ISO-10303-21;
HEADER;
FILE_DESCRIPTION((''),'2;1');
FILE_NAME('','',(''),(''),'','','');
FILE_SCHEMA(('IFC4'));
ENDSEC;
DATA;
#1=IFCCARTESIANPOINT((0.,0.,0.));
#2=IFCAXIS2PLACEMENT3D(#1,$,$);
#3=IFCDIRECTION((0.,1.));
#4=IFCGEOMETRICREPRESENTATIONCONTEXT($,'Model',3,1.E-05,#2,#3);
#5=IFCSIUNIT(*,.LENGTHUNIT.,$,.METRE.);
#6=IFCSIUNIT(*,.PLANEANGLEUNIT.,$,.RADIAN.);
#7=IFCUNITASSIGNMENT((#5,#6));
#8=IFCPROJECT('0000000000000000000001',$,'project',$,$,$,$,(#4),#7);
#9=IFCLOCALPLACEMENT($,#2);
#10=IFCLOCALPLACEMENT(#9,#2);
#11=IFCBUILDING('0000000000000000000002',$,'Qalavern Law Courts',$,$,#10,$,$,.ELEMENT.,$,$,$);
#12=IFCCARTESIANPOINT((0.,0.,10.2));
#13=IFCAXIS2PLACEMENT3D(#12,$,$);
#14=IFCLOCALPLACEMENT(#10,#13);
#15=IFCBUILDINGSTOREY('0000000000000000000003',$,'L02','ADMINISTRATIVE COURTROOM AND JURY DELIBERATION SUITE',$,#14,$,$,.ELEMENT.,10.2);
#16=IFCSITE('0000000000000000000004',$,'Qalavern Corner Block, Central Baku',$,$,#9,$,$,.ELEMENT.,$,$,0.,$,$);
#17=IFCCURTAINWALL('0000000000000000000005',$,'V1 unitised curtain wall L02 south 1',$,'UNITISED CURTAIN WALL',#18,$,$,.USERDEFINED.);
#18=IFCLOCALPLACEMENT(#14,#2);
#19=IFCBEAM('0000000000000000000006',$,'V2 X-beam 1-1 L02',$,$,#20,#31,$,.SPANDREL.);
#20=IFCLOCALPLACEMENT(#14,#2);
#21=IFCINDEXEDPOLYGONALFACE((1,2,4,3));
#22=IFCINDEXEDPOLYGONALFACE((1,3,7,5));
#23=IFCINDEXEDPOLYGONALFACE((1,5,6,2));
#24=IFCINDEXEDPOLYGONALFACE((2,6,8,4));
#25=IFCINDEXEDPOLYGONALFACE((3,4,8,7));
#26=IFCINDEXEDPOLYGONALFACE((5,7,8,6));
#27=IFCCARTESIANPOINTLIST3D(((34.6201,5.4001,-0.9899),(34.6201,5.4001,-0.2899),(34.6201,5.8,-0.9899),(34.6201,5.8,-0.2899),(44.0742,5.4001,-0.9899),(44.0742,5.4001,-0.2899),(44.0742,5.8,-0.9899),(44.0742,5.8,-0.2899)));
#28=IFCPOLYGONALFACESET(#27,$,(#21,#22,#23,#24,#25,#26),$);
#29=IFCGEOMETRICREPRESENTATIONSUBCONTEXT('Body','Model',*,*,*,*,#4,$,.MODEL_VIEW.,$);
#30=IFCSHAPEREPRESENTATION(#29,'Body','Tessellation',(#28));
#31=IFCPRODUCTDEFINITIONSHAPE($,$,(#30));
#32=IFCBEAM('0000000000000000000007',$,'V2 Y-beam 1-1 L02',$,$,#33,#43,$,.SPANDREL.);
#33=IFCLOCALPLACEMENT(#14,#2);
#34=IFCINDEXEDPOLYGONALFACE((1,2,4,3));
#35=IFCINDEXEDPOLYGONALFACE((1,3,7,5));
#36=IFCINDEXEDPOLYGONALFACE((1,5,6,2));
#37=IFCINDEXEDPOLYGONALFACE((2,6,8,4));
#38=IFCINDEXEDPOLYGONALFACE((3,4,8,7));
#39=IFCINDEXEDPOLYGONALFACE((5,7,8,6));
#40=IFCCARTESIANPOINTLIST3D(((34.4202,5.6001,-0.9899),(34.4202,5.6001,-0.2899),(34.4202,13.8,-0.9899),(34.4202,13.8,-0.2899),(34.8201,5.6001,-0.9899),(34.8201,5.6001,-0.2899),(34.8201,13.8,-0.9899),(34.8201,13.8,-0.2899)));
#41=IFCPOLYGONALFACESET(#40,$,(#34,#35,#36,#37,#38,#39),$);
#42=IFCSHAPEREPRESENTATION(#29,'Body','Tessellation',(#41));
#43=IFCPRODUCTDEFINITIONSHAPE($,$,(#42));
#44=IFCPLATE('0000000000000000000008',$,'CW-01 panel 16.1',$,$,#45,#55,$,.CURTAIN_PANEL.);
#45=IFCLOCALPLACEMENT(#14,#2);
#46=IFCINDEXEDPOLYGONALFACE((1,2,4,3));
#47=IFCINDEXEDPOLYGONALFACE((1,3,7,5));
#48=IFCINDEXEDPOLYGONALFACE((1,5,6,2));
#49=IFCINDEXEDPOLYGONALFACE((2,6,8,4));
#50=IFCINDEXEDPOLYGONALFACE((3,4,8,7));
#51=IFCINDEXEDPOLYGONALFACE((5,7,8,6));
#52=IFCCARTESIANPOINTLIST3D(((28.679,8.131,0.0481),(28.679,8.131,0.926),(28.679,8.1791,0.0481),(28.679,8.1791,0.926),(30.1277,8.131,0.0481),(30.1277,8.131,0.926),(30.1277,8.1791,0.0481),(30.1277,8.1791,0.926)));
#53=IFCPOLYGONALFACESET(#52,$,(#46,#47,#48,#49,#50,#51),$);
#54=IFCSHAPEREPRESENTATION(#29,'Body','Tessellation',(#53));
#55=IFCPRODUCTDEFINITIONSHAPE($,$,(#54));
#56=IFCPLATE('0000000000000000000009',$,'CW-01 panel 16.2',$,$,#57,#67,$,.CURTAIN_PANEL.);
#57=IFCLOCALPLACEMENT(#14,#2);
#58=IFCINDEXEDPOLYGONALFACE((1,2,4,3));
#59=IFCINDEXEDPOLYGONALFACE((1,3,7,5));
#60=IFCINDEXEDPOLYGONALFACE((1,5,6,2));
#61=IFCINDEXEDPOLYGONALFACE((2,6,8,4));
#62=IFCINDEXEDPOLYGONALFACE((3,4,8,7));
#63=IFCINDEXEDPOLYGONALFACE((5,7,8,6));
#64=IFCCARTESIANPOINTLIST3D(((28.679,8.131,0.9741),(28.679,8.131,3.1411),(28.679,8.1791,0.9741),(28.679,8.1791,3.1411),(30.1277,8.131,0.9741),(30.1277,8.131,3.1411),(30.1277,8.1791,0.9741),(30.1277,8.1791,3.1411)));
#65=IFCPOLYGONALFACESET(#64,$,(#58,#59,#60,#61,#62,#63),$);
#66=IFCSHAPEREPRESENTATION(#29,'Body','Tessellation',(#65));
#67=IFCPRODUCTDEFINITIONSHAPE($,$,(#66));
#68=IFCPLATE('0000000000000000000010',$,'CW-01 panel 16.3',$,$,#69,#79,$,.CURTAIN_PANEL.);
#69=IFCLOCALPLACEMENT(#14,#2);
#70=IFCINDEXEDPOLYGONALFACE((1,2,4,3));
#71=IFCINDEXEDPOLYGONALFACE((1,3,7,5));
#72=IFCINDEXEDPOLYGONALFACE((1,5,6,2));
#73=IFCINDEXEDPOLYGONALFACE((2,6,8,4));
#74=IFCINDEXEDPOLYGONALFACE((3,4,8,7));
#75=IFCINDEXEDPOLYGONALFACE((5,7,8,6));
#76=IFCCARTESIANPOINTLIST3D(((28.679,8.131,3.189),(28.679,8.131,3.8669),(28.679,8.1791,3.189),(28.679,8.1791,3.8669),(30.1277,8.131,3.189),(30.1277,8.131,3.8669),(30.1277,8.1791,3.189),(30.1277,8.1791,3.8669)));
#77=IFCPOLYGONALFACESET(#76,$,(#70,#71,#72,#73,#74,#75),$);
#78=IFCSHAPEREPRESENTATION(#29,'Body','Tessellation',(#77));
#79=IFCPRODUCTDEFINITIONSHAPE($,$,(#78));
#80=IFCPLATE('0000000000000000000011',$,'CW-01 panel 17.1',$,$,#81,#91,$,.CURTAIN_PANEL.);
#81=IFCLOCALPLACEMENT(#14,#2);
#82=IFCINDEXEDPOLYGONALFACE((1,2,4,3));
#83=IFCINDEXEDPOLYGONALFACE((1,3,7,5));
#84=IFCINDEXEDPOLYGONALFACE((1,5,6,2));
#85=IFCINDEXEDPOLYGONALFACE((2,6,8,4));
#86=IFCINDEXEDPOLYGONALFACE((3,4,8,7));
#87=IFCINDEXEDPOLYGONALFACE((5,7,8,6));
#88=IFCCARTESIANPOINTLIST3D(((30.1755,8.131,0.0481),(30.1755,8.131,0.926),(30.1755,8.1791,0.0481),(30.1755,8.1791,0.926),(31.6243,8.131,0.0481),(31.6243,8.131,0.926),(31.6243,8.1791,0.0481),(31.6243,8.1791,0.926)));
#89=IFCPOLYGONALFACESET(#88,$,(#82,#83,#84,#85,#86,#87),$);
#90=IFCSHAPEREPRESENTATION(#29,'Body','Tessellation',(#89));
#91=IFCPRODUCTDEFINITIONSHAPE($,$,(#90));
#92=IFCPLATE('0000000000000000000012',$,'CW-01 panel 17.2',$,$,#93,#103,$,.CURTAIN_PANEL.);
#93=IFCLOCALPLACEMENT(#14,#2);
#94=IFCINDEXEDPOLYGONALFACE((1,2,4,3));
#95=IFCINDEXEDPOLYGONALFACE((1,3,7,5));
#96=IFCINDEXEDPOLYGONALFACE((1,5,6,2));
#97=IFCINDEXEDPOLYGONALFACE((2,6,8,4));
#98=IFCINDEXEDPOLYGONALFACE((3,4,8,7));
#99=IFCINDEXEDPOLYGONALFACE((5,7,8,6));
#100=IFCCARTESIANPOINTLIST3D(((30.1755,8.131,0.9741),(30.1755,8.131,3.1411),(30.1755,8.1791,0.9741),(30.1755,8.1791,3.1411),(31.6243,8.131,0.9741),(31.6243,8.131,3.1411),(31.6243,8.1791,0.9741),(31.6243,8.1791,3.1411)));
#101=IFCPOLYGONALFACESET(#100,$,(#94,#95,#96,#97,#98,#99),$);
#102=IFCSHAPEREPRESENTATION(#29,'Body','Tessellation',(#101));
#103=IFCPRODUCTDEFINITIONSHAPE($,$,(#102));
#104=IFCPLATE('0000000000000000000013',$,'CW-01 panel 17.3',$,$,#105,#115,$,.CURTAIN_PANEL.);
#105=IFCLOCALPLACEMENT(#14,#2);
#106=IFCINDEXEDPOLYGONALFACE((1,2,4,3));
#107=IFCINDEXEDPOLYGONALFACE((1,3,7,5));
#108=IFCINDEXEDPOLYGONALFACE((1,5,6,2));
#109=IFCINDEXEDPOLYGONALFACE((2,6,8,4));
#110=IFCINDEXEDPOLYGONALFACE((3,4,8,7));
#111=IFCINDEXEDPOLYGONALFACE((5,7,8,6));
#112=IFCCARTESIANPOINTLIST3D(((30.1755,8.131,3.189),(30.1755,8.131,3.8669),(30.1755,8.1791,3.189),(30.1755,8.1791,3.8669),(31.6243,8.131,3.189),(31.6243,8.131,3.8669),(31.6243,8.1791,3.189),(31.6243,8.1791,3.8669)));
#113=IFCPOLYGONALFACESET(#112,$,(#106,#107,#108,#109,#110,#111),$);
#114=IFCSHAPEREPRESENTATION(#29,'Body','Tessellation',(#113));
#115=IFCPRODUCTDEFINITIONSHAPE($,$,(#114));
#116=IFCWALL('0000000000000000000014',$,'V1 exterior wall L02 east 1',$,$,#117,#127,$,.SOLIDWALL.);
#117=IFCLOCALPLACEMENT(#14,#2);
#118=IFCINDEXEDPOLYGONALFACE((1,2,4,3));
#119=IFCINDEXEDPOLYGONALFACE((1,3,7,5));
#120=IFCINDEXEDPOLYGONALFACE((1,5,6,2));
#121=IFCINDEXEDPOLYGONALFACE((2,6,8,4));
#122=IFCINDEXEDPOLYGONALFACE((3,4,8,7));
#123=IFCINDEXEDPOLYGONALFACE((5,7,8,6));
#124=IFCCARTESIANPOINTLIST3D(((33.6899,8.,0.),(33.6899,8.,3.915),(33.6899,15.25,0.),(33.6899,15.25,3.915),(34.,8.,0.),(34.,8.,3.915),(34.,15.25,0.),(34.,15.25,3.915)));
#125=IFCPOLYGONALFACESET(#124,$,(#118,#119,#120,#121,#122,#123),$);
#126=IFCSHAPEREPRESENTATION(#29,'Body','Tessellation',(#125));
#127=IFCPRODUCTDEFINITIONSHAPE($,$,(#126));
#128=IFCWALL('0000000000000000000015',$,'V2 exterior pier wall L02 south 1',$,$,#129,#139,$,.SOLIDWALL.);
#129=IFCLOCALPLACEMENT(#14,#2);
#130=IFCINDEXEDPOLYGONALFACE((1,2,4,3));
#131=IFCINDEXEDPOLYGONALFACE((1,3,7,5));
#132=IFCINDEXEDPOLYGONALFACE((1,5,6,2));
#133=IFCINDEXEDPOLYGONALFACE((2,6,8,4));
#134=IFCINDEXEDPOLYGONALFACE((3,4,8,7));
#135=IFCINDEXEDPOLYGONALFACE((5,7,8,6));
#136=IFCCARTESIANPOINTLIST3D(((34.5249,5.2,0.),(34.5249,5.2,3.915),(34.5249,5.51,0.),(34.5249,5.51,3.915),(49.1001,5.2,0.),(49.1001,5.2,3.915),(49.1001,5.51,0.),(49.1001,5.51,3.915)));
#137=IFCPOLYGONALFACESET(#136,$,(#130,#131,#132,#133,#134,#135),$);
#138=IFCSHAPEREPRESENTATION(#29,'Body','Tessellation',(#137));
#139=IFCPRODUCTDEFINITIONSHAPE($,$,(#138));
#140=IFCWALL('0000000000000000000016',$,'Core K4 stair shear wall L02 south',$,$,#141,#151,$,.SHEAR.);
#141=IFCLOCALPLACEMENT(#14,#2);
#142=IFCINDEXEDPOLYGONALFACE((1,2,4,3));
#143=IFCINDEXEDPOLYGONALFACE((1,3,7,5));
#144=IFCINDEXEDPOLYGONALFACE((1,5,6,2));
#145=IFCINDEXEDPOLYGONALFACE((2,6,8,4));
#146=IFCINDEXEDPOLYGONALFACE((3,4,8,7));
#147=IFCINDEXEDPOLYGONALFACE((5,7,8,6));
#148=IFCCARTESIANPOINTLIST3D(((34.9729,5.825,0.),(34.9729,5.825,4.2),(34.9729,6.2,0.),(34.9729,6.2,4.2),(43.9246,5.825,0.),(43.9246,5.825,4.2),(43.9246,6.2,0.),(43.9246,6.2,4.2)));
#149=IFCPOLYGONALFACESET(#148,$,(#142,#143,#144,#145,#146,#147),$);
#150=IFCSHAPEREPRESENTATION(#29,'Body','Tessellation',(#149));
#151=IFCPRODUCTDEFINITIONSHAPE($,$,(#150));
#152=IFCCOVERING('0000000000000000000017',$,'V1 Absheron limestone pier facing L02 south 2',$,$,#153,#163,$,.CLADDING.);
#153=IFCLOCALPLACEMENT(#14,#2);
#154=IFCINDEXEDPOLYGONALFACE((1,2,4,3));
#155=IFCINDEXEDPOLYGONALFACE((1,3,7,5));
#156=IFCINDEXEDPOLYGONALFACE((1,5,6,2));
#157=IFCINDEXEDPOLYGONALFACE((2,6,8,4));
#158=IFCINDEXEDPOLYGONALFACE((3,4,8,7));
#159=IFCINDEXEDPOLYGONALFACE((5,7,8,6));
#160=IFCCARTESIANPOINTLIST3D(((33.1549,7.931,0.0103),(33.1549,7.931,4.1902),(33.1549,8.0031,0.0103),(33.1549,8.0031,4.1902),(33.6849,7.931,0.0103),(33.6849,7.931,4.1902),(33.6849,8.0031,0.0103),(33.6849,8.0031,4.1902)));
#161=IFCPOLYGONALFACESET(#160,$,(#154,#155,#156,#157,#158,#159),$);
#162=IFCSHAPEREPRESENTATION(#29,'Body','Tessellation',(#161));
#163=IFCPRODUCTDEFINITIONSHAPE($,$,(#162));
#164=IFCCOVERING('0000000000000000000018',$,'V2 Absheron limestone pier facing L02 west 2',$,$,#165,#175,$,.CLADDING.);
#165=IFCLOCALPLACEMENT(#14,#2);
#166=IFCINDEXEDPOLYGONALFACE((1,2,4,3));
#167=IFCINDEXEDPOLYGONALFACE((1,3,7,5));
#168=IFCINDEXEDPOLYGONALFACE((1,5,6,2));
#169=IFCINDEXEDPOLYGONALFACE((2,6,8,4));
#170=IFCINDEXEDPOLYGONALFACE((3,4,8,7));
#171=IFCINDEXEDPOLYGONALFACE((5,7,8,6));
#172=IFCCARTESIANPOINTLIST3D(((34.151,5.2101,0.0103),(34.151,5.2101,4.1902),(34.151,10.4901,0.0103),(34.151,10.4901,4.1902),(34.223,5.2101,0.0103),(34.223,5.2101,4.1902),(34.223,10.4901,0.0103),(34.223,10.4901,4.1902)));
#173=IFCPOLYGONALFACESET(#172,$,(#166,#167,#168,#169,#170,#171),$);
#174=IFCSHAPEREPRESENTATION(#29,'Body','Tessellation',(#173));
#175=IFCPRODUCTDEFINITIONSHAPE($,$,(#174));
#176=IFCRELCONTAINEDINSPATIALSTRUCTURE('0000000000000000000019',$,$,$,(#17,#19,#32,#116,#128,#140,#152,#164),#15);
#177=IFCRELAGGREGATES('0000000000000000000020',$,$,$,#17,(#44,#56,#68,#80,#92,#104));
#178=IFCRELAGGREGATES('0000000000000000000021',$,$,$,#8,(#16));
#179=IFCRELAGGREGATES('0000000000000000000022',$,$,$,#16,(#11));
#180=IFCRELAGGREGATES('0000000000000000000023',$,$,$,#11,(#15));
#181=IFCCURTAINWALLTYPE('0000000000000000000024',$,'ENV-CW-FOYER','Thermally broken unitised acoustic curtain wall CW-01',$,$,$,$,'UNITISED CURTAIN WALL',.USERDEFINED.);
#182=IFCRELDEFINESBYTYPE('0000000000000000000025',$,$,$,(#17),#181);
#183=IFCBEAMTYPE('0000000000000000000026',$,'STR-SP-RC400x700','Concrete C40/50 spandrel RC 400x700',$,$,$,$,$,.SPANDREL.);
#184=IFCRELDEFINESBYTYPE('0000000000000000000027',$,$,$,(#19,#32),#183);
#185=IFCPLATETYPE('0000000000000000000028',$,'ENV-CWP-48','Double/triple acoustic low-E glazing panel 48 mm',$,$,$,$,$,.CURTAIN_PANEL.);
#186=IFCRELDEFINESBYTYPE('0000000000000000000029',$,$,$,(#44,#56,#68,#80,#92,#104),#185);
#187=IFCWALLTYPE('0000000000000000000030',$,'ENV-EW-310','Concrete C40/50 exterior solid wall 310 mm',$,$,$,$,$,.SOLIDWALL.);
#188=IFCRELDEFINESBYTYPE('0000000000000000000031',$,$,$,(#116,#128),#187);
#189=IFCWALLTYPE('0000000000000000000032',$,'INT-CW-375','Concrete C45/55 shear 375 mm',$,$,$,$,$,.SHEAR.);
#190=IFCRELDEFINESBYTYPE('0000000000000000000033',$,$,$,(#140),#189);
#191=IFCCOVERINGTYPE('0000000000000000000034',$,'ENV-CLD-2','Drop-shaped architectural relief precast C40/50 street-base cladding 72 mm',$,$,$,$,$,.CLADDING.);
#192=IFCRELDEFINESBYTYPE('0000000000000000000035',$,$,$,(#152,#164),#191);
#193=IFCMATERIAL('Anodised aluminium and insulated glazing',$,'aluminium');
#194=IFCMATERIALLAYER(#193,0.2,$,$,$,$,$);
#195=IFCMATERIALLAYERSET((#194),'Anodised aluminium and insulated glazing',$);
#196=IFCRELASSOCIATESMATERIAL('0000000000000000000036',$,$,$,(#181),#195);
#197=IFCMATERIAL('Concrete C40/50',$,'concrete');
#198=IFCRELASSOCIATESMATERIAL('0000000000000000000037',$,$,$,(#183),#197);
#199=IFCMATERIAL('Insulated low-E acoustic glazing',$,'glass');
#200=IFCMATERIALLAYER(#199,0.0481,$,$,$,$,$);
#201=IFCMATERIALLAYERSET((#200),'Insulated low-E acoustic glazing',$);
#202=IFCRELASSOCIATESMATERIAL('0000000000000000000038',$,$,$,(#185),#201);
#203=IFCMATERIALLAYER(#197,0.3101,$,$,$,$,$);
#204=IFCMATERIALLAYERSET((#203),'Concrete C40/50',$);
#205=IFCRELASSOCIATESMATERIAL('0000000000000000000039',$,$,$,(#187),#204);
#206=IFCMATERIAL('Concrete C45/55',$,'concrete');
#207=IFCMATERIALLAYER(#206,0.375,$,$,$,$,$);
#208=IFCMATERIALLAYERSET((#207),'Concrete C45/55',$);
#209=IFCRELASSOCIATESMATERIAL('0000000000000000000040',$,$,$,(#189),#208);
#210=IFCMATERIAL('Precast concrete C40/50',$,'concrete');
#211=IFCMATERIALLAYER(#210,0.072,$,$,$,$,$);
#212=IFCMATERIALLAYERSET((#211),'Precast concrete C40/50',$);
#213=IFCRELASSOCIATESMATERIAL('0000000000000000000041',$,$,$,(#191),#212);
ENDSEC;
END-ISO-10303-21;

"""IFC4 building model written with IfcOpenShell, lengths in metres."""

from ifc_helpers import new_model, si_unit, direction, frame, frame_2d, origin, origin_2d, place, context, subcontext, project, spatial, rectangle, extrude, material, layer, layer_set, material_profile, profile_set, type_object, element, aggregate, save


model = new_model("IFC4")

# Units and contexts
model_context = context("Model", 3, precision=1e-05, world=origin(), true_north=direction((0.0, 1.0)))
body_context = subcontext(model_context, "Body", "Model", "MODEL_VIEW")
ifc_project = project(units=[si_unit("LENGTHUNIT", "METRE"), si_unit("PLANEANGLEUNIT", "RADIAN")], contexts=[model_context])

# Site, building, storey
site_placement = place(None, origin())
site = spatial("IfcSite", under=ifc_project, at=site_placement, Name="Qalavern Corner Block, Central Baku", CompositionType="ELEMENT", RefElevation=0.0)
building_placement = place(site_placement, origin())
building = spatial("IfcBuilding", under=site, at=building_placement, Name="Qalavern Law Courts", CompositionType="ELEMENT")
storey_placement = place(building_placement, frame((0.0, 0.0, 10.2)))
storey = spatial("IfcBuildingStorey", under=building, at=storey_placement, Name="L02", Description="ADMINISTRATIVE COURTROOM AND JURY DELIBERATION SUITE", CompositionType="ELEMENT", Elevation=10.2)

# Shared definitions
ifc_material_1 = material(Name="Concrete C45/55", Category="concrete")

# Curtain wall
ifc_material_2 = material(Name="Anodised aluminium and insulated glazing", Category="aluminium")
ifc_layer_1 = layer(ifc_material_2, 0.2)
ifc_layer_set_1 = layer_set([ifc_layer_1], Name="Anodised aluminium and insulated glazing")
curtain_wall_type = type_object("IfcCurtainWallType", Name="ENV-CW-FOYER", Description="Thermally broken unitised acoustic curtain wall CW-01", ElementType="UNITISED CURTAIN WALL", PredefinedType="USERDEFINED", material=ifc_layer_set_1)
curtain_wall_placement = place(storey_placement, origin())
curtain_wall = element("IfcCurtainWall", 1, at=curtain_wall_placement, inside=storey, type_object=curtain_wall_type, Name="V1 unitised curtain wall L02 south 1", ObjectType="UNITISED CURTAIN WALL", PredefinedType="USERDEFINED")

# Beams
ifc_material_3 = material(Name="Concrete C40/50", Category="concrete")
ifc_material_profile_1 = material_profile(ifc_material_3, rectangle(XDim=0.3999, YDim=0.7, at=origin_2d()), Name="RC 400x700")
ifc_profile_set_1 = profile_set([ifc_material_profile_1], Name="Concrete C40/50")
beam_type_1 = type_object("IfcBeamType", Name="STR-SP-RC400x700", Description="Concrete C40/50 spandrel RC 400x700", PredefinedType="SPANDREL", material=ifc_profile_set_1)
beam_1_placement = place(storey_placement, frame((34.6201, 5.6001, -0.6399), z_axis=(1.0, 0.0, 0.0), x_axis=(0.0, 1.0, 0.0)))
element("IfcBeam", 2, at=beam_1_placement, inside=storey, type_object=beam_type_1, Name="V2 X-beam 1-1 L02", PredefinedType="SPANDREL", context=body_context, shape_type="SweptSolid", body=[
    extrude(rectangle(XDim=0.3999, YDim=0.7, at=origin_2d()), origin(), (0.0, 0.0, 1.0), 9.4541),
])
beam_2_placement = place(storey_placement, frame((34.6201, 5.6001, -0.6399), z_axis=(0.0, 1.0, 0.0), x_axis=(-1.0, 0.0, 0.0)))
element("IfcBeam", 3, at=beam_2_placement, inside=storey, type_object=beam_type_1, Name="V2 Y-beam 1-1 L02", PredefinedType="SPANDREL", context=body_context, shape_type="SweptSolid", body=[
    extrude(rectangle(XDim=0.3999, YDim=0.7, at=origin_2d()), origin(), (0.0, 0.0, 1.0), 8.2),
])

# Plates
ifc_material_4 = material(Name="Insulated low-E acoustic glazing", Category="glass")
ifc_layer_2 = layer(ifc_material_4, 0.0481)
ifc_layer_set_2 = layer_set([ifc_layer_2], Name="Insulated low-E acoustic glazing")
plate_type = type_object("IfcPlateType", Name="ENV-CWP-48", Description="Double/triple acoustic low-E glazing panel 48 mm", PredefinedType="CURTAIN_PANEL", material=ifc_layer_set_2)
plate_1_placement = place(storey_placement, frame((29.4033, 8.155, 0.0481), z_axis=(0.0, 0.0, 1.0), x_axis=(1.0, 0.0, 0.0)))
plate_1 = element("IfcPlate", 4, at=plate_1_placement, type_object=plate_type, Name="CW-01 panel 16.1", PredefinedType="CURTAIN_PANEL", context=body_context, shape_type="SweptSolid", body=[
    extrude(rectangle(XDim=1.4487, YDim=0.0481, at=origin_2d()), origin(), (0.0, 0.0, 1.0), 0.8779),
])
plate_2_placement = place(storey_placement, frame((29.4033, 8.155, 0.9741), z_axis=(0.0, 0.0, 1.0), x_axis=(1.0, 0.0, 0.0)))
plate_2 = element("IfcPlate", 5, at=plate_2_placement, type_object=plate_type, Name="CW-01 panel 16.2", PredefinedType="CURTAIN_PANEL", context=body_context, shape_type="SweptSolid", body=[
    extrude(rectangle(XDim=1.4487, YDim=0.0481, at=origin_2d()), origin(), (0.0, 0.0, 1.0), 2.167),
])
plate_3_placement = place(storey_placement, frame((29.4033, 8.155, 3.189), z_axis=(0.0, 0.0, 1.0), x_axis=(1.0, 0.0, 0.0)))
plate_3 = element("IfcPlate", 6, at=plate_3_placement, type_object=plate_type, Name="CW-01 panel 16.3", PredefinedType="CURTAIN_PANEL", context=body_context, shape_type="SweptSolid", body=[
    extrude(rectangle(XDim=1.4487, YDim=0.0481, at=origin_2d()), origin(), (0.0, 0.0, 1.0), 0.678),
])
plate_4_placement = place(storey_placement, frame((30.8999, 8.155, 0.0481), z_axis=(0.0, 0.0, 1.0), x_axis=(1.0, 0.0, 0.0)))
plate_4 = element("IfcPlate", 7, at=plate_4_placement, type_object=plate_type, Name="CW-01 panel 17.1", PredefinedType="CURTAIN_PANEL", context=body_context, shape_type="SweptSolid", body=[
    extrude(rectangle(XDim=1.4487, YDim=0.0481, at=origin_2d()), origin(), (0.0, 0.0, 1.0), 0.8779),
])
plate_5_placement = place(storey_placement, frame((30.8999, 8.155, 0.9741), z_axis=(0.0, 0.0, 1.0), x_axis=(1.0, 0.0, 0.0)))
plate_5 = element("IfcPlate", 8, at=plate_5_placement, type_object=plate_type, Name="CW-01 panel 17.2", PredefinedType="CURTAIN_PANEL", context=body_context, shape_type="SweptSolid", body=[
    extrude(rectangle(XDim=1.4487, YDim=0.0481, at=origin_2d()), origin(), (0.0, 0.0, 1.0), 2.167),
])
plate_6_placement = place(storey_placement, frame((30.8999, 8.155, 3.189), z_axis=(0.0, 0.0, 1.0), x_axis=(1.0, 0.0, 0.0)))
plate_6 = element("IfcPlate", 9, at=plate_6_placement, type_object=plate_type, Name="CW-01 panel 17.3", PredefinedType="CURTAIN_PANEL", context=body_context, shape_type="SweptSolid", body=[
    extrude(rectangle(XDim=1.4487, YDim=0.0481, at=origin_2d()), origin(), (0.0, 0.0, 1.0), 0.678),
])
aggregate(curtain_wall, [plate_1, plate_2, plate_3, plate_4, plate_5, plate_6])

# Walls
ifc_layer_3 = layer(ifc_material_3, 0.3101)
ifc_layer_set_3 = layer_set([ifc_layer_3], Name="Concrete C40/50")
wall_type_1 = type_object("IfcWallType", Name="ENV-EW-310", Description="Concrete C40/50 exterior solid wall 310 mm", PredefinedType="SOLIDWALL", material=ifc_layer_set_3)
wall_1_placement = place(storey_placement, frame((33.845, 8.0, 0.0), z_axis=(0.0, 0.0, 1.0), x_axis=(0.0, 1.0, 0.0)))
element("IfcWall", 10, at=wall_1_placement, inside=storey, type_object=wall_type_1, Name="V1 exterior wall L02 east 1", PredefinedType="SOLIDWALL", context=body_context, shape_type="SweptSolid", body=[
    extrude(rectangle(XDim=7.25, YDim=0.3101, at=frame_2d((3.625, 0.0))), origin(), (0.0, 0.0, 1.0), 3.915),
])
wall_2_placement = place(storey_placement, frame((34.5249, 5.355, 0.0), z_axis=(0.0, 0.0, 1.0), x_axis=(1.0, 0.0, 0.0)))
element("IfcWall", 11, at=wall_2_placement, inside=storey, type_object=wall_type_1, Name="V2 exterior pier wall L02 south 1", PredefinedType="SOLIDWALL", context=body_context, shape_type="SweptSolid", body=[
    extrude(rectangle(XDim=14.5752, YDim=0.3101, at=frame_2d((7.2876, 0.0))), origin(), (0.0, 0.0, 1.0), 3.915),
])
ifc_layer_4 = layer(ifc_material_1, 0.375)
ifc_layer_set_4 = layer_set([ifc_layer_4], Name="Concrete C45/55")
wall_type_2 = type_object("IfcWallType", Name="INT-CW-375", Description="Concrete C45/55 shear 375 mm", PredefinedType="SHEAR", material=ifc_layer_set_4)
wall_3_placement = place(storey_placement, frame((34.9729, 6.0125, 0.0), z_axis=(0.0, 0.0, 1.0), x_axis=(1.0, 0.0, 0.0)))
element("IfcWall", 12, at=wall_3_placement, inside=storey, type_object=wall_type_2, Name="Core K4 stair shear wall L02 south", PredefinedType="SHEAR", context=body_context, shape_type="SweptSolid", body=[
    extrude(rectangle(XDim=8.9517, YDim=0.375, at=frame_2d((4.4758, 0.0))), origin(), (0.0, 0.0, 1.0), 4.2),
])

# Coverings
ifc_material_5 = material(Name="Precast concrete C40/50", Category="concrete")
ifc_layer_5 = layer(ifc_material_5, 0.072)
ifc_layer_set_5 = layer_set([ifc_layer_5], Name="Precast concrete C40/50")
covering_type = type_object("IfcCoveringType", Name="ENV-CLD-2", Description="Drop-shaped architectural relief precast C40/50 street-base cladding 72 mm", PredefinedType="CLADDING", material=ifc_layer_set_5)
covering_1_placement = place(storey_placement, frame((33.4199, 7.967, 0.0103), z_axis=(0.0, 0.0, 1.0), x_axis=(1.0, 0.0, 0.0)))
element("IfcCovering", 13, at=covering_1_placement, inside=storey, type_object=covering_type, Name="V1 Absheron limestone pier facing L02 south 2", PredefinedType="CLADDING", context=body_context, shape_type="SweptSolid", body=[
    extrude(rectangle(XDim=0.53, YDim=0.072, at=origin_2d()), origin(), (0.0, 0.0, 1.0), 4.1799),
])
covering_2_placement = place(storey_placement, frame((34.187, 7.8501, 0.0103), z_axis=(0.0, 0.0, 1.0), x_axis=(0.0, -1.0, 0.0)))
element("IfcCovering", 14, at=covering_2_placement, inside=storey, type_object=covering_type, Name="V2 Absheron limestone pier facing L02 west 2", PredefinedType="CLADDING", context=body_context, shape_type="SweptSolid", body=[
    extrude(rectangle(XDim=5.28, YDim=0.072, at=origin_2d()), origin(), (0.0, 0.0, 1.0), 4.1799),
])

save(model, "model.ifc")
